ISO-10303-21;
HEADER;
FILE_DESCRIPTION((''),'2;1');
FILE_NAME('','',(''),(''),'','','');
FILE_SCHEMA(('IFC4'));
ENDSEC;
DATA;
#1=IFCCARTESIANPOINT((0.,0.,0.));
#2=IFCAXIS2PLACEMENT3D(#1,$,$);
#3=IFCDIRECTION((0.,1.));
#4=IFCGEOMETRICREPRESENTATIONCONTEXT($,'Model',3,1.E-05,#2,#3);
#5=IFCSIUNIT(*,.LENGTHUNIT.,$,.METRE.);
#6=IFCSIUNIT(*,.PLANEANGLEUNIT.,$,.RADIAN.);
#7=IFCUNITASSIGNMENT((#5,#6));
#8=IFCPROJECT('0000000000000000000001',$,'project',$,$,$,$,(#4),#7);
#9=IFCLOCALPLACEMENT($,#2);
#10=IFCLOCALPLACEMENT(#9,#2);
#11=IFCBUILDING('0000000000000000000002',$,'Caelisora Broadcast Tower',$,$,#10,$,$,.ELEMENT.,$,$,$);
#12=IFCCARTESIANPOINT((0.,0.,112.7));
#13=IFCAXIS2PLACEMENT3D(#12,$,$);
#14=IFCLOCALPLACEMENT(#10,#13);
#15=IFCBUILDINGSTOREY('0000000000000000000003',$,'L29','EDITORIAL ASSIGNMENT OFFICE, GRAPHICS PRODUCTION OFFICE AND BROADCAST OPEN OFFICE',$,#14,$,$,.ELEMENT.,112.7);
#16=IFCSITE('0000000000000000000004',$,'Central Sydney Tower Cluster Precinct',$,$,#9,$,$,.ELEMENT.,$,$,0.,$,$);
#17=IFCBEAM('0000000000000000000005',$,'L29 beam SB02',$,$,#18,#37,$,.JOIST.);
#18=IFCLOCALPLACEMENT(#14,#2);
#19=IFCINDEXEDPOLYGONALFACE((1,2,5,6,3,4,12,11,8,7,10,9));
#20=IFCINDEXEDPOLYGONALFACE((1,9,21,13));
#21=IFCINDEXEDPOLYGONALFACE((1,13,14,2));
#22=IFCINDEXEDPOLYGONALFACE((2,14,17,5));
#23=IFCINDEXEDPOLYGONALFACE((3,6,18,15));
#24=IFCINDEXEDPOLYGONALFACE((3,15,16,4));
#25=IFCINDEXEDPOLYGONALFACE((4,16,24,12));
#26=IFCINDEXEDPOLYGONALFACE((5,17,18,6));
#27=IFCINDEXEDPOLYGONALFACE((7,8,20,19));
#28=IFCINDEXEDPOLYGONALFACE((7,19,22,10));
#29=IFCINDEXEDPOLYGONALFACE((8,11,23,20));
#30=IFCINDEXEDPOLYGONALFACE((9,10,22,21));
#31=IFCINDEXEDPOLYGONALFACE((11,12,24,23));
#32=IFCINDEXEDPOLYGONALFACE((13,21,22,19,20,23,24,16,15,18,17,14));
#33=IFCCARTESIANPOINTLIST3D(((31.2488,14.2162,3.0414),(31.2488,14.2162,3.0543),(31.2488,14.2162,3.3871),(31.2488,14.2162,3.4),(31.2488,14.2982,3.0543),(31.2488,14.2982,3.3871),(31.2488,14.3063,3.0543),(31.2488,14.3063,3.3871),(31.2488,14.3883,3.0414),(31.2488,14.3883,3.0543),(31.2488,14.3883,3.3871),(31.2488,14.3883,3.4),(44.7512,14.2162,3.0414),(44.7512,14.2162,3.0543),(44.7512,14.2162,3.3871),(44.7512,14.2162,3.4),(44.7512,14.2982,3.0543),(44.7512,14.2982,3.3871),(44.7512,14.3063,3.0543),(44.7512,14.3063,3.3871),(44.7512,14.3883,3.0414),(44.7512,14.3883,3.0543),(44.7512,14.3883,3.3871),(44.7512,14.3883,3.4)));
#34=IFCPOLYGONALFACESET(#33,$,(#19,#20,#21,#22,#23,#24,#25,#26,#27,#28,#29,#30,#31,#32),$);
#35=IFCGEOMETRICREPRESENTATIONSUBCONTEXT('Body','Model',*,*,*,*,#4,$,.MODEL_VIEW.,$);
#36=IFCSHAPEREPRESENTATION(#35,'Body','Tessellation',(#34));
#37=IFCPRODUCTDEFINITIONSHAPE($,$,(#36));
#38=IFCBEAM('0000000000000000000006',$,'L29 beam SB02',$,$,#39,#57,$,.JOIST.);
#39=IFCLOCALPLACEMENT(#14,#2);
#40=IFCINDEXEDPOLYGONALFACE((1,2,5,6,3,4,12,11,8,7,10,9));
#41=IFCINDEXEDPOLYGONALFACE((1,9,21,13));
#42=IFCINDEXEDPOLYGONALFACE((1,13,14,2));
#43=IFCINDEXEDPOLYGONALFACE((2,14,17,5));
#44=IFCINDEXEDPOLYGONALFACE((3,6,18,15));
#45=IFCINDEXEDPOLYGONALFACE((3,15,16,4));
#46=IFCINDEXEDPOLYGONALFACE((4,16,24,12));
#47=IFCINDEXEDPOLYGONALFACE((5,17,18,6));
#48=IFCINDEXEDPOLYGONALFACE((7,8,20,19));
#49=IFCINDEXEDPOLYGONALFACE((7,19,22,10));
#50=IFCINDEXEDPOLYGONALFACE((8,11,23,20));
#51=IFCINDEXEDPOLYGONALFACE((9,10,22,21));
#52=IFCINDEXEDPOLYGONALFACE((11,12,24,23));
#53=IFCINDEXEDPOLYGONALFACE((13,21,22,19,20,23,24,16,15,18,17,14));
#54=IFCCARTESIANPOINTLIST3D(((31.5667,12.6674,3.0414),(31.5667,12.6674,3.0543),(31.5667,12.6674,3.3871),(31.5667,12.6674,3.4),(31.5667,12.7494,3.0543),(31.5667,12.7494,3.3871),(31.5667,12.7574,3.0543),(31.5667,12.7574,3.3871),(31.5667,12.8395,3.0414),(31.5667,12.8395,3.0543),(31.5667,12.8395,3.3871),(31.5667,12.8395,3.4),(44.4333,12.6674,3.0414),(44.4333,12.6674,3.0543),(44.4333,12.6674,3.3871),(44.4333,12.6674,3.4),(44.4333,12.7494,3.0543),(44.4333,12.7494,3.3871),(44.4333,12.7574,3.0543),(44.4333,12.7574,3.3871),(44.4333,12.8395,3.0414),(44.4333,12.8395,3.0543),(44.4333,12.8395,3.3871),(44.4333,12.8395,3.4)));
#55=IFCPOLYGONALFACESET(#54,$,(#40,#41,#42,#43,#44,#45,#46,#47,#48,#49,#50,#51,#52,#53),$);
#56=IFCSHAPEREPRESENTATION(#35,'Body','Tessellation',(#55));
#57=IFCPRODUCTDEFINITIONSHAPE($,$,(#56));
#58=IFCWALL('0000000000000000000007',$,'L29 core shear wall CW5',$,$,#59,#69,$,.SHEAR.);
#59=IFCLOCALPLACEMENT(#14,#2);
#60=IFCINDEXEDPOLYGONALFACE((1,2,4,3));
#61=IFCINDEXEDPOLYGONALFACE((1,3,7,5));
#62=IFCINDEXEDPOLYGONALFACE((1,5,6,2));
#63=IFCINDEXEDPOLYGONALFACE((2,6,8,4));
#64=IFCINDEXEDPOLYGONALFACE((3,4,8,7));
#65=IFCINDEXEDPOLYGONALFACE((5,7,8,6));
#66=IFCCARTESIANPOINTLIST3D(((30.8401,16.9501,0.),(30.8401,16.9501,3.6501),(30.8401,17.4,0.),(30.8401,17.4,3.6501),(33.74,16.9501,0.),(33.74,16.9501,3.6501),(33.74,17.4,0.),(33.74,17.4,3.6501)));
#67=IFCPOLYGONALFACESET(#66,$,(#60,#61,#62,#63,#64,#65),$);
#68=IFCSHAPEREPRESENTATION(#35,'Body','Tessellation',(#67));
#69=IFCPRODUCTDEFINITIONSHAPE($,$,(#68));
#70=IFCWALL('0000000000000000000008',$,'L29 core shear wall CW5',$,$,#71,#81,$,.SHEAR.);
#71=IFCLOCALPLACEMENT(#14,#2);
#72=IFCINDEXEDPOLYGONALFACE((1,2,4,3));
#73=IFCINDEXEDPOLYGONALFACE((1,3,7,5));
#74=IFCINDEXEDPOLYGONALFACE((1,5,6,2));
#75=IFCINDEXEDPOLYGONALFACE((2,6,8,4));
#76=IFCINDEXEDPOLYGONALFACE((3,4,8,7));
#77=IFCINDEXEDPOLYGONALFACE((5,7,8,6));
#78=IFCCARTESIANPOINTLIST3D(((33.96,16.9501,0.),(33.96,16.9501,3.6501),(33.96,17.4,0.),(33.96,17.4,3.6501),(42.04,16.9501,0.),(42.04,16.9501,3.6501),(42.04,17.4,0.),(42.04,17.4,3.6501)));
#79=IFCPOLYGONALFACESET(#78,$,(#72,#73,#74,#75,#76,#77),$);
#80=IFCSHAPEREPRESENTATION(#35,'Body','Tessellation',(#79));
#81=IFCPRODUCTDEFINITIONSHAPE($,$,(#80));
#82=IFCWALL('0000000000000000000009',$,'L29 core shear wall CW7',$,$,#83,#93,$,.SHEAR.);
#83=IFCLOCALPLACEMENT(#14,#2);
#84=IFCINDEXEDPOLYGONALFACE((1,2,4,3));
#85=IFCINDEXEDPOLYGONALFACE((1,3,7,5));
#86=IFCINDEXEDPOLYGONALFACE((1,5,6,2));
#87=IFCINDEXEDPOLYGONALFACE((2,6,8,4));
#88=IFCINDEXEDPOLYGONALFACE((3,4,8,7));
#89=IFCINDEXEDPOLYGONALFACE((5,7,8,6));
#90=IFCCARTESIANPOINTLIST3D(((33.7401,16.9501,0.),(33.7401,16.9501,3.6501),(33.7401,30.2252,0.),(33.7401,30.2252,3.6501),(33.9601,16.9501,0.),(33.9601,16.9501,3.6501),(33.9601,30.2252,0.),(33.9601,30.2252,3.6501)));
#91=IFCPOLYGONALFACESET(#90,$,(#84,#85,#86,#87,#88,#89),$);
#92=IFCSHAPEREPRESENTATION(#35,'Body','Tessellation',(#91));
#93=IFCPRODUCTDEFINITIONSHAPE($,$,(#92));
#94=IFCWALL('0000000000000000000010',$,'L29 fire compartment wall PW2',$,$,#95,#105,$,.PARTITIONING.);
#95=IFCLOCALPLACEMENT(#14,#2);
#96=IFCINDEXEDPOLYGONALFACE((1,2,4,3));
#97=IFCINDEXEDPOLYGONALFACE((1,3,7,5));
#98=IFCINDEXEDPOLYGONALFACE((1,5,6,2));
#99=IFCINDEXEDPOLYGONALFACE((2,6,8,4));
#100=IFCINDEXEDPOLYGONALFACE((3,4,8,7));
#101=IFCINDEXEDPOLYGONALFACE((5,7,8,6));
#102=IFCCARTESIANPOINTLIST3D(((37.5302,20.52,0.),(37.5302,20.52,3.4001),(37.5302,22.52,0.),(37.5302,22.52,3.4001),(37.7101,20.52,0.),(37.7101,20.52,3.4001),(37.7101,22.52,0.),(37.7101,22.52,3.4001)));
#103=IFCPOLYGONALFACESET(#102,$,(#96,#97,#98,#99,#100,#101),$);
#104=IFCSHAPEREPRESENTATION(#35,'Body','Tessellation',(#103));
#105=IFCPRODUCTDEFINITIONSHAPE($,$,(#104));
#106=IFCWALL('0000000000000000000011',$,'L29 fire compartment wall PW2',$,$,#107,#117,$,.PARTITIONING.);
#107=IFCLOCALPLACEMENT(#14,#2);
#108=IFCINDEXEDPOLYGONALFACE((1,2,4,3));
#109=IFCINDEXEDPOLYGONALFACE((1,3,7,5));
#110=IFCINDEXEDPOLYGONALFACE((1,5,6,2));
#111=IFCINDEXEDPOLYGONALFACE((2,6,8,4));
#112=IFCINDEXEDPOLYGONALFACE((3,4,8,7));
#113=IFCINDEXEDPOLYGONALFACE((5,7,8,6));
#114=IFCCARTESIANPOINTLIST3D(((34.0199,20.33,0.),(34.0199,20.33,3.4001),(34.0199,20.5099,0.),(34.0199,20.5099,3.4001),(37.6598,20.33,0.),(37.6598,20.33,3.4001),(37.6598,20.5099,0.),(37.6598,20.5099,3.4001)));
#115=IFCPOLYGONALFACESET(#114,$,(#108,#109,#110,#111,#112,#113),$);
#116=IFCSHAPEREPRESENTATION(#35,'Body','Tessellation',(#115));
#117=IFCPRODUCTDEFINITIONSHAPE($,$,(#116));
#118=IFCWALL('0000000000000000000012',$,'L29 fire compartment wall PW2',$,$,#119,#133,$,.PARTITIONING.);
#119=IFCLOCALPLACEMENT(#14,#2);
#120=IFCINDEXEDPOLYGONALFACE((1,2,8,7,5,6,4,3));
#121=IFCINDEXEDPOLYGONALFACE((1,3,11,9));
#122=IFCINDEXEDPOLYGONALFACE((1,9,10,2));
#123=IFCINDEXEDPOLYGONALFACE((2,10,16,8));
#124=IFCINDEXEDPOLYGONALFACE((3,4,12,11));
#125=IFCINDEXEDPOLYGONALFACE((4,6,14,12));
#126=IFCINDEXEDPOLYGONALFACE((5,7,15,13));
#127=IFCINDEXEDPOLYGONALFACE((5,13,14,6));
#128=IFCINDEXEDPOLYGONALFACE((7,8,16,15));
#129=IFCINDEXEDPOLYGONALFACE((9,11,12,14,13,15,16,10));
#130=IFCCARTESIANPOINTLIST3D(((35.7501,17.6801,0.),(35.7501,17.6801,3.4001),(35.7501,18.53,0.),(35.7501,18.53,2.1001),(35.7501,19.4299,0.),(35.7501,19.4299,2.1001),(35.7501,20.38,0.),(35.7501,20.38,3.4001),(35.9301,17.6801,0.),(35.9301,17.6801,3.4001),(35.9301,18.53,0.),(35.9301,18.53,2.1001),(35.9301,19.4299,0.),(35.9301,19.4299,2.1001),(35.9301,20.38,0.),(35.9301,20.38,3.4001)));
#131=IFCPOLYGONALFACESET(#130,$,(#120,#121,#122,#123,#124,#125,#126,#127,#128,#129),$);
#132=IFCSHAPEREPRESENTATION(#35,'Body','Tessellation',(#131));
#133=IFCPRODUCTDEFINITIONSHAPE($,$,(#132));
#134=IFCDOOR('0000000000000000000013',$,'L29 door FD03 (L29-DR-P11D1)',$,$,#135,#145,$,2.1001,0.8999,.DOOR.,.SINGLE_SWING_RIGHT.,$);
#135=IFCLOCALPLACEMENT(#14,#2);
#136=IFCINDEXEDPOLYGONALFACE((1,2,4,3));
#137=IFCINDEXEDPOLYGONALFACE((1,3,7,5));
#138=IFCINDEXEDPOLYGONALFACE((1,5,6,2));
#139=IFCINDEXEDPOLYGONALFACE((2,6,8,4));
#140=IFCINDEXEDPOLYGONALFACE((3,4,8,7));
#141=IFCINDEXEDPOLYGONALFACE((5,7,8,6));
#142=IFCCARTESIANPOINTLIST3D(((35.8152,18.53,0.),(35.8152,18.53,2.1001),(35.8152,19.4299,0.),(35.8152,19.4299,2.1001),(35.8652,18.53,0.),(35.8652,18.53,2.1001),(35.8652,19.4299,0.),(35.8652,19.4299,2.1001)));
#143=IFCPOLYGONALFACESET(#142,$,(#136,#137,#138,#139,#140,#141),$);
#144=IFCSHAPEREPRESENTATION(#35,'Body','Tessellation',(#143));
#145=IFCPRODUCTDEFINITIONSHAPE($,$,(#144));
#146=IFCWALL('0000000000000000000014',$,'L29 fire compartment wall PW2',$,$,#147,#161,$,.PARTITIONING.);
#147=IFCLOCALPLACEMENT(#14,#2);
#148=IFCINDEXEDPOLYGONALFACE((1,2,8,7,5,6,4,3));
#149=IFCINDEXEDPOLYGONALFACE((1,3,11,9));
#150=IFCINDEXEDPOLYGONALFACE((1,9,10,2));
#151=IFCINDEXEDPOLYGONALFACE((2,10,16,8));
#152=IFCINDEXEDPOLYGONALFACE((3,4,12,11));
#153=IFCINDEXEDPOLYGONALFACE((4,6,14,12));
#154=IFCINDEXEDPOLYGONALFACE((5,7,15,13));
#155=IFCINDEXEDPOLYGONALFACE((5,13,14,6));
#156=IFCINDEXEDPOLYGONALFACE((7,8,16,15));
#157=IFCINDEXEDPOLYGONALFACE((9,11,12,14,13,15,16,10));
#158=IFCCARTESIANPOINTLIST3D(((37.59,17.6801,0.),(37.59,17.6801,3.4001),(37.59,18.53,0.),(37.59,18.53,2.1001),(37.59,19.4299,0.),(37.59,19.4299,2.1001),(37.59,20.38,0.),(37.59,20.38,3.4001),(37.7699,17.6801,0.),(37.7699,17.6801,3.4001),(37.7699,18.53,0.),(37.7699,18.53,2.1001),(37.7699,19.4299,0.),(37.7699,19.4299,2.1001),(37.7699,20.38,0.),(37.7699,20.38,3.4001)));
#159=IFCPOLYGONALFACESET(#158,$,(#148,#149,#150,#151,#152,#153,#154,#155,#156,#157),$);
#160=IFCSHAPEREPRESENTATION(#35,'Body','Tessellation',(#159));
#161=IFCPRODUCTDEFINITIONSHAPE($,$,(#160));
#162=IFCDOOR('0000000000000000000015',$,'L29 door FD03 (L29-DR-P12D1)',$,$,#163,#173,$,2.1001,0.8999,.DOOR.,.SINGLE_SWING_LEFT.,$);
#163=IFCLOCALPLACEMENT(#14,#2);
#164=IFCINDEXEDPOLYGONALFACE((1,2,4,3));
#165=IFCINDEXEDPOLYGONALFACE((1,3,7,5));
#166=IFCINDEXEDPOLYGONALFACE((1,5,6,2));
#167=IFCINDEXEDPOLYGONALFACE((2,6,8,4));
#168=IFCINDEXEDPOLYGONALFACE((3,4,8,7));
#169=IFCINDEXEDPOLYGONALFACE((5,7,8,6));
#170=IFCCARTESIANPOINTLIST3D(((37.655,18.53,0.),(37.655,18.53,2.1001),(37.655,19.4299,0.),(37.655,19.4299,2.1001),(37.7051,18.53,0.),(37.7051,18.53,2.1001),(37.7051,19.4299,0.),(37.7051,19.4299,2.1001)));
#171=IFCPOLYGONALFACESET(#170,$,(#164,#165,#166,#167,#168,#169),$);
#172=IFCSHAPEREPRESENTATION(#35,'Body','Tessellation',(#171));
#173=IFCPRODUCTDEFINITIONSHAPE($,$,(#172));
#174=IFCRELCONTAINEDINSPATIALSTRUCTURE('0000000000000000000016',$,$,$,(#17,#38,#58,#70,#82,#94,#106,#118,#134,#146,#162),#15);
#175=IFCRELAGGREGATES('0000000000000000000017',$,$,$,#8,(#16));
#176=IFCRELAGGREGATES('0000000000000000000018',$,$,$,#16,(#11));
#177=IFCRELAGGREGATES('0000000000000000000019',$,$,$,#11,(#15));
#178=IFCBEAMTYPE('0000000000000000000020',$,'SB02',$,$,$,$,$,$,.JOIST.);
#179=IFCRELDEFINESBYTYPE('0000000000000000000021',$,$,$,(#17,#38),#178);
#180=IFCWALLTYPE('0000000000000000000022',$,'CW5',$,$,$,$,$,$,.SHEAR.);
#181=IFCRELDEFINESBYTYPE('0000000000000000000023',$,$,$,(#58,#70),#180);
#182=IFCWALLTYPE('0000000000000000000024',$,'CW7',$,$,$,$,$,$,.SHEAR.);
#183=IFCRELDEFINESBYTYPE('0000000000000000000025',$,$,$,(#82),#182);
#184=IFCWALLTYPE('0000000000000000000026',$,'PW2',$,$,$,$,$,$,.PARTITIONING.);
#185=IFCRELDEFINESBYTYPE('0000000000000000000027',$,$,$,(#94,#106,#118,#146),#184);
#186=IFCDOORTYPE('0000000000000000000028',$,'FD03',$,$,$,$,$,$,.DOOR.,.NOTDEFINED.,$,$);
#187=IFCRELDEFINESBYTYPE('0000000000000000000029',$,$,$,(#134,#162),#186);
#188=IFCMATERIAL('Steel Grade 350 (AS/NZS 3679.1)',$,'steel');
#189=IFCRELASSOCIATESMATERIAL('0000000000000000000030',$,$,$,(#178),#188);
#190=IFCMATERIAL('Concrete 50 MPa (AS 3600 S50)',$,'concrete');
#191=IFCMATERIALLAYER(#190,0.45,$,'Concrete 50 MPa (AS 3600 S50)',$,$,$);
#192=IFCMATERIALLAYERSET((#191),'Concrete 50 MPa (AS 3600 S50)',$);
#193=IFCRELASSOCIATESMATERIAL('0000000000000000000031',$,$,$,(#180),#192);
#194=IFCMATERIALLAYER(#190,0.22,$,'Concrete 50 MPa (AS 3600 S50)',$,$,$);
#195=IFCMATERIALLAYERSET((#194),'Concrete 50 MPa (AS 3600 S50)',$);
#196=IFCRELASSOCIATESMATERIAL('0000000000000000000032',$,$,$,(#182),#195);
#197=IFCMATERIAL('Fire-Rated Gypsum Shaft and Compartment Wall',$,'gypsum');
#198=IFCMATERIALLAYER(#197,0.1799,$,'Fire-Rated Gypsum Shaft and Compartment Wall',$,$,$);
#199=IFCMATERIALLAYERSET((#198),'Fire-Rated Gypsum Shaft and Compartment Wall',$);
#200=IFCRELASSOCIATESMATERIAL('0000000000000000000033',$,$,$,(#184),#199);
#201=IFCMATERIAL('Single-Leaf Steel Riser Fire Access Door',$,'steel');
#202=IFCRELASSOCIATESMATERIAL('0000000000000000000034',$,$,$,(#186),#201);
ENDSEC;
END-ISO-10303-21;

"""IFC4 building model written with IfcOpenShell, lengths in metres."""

from ifc_helpers import new_model, si_unit, direction, frame, frame_2d, origin, origin_2d, place, context, subcontext, project, spatial, rectangle, i_section, extrude, source, transform, mapped, material, layer, layer_set, material_profile, profile_set, type_object, element, fill, save


model = new_model("IFC4")

# Units and contexts
model_context = context("Model", 3, precision=1e-05, world=origin(), true_north=direction((0.0, 1.0)))
body_context = subcontext(model_context, "Body", "Model", "MODEL_VIEW")
ifc_project = project(units=[si_unit("LENGTHUNIT", "METRE"), si_unit("PLANEANGLEUNIT", "RADIAN")], contexts=[model_context])

# Site, building, storey
site_placement = place(None, origin())
site = spatial("IfcSite", under=ifc_project, at=site_placement, Name="Central Sydney Tower Cluster Precinct", CompositionType="ELEMENT", RefElevation=0.0)
building_placement = place(site_placement, origin())
building = spatial("IfcBuilding", under=site, at=building_placement, Name="Caelisora Broadcast Tower", CompositionType="ELEMENT")
storey_placement = place(building_placement, frame((0.0, 0.0, 112.7)))
storey = spatial("IfcBuildingStorey", under=building, at=storey_placement, Name="L29", Description="EDITORIAL ASSIGNMENT OFFICE, GRAPHICS PRODUCTION OFFICE AND BROADCAST OPEN OFFICE", CompositionType="ELEMENT", Elevation=112.7)

# Shared definitions
ifc_material_1 = material(Name="Steel Grade 350 (AS/NZS 3679.1)", Category="steel")

# Beams
ifc_material_profile_1 = material_profile(ifc_material_1, i_section(OverallWidth=0.1721, OverallDepth=0.3586, WebThickness=0.0081, FlangeThickness=0.0129, at=origin_2d()), Name="Steel Grade 350 (AS/NZS 3679.1)")
ifc_profile_set_1 = profile_set([ifc_material_profile_1], Name="Steel Grade 350 (AS/NZS 3679.1)")
beam_type_1 = type_object("IfcBeamType", Name="SB02", PredefinedType="JOIST", material=ifc_profile_set_1)
shared_shape_1 = source(origin(), body_context, "Body", "SweptSolid", [
    extrude(i_section(OverallWidth=0.1721, OverallDepth=0.3586, WebThickness=0.0081, FlangeThickness=0.0129, at=origin_2d()), origin(), (0.0, 0.0, 1.0), 13.5024),
])
beam_1_placement = place(storey_placement, frame((31.2488, 14.3022, 3.2207), z_axis=(1.0, 0.0, 0.0), x_axis=(0.0, 1.0, 0.0)))
element("IfcBeam", 1, at=beam_1_placement, inside=storey, type_object=beam_type_1, Name="L29 beam SB02", PredefinedType="JOIST", context=body_context, shape_type="MappedRepresentation", body=[
    mapped(shared_shape_1, transform((0.0, 0.0, 0.0), scale=1.0)),
])
shared_shape_2 = source(origin(), body_context, "Body", "SweptSolid", [
    extrude(i_section(OverallWidth=0.1721, OverallDepth=0.3586, WebThickness=0.0081, FlangeThickness=0.0129, at=origin_2d()), origin(), (0.0, 0.0, 1.0), 12.8667),
])
beam_2_placement = place(storey_placement, frame((31.5667, 12.7534, 3.2207), z_axis=(1.0, 0.0, 0.0), x_axis=(0.0, 1.0, 0.0)))
element("IfcBeam", 2, at=beam_2_placement, inside=storey, type_object=beam_type_1, Name="L29 beam SB02", PredefinedType="JOIST", context=body_context, shape_type="MappedRepresentation", body=[
    mapped(shared_shape_2, transform((0.0, 0.0, 0.0), scale=1.0)),
])

# Shared definitions
ifc_material_2 = material(Name="Concrete 50 MPa (AS 3600 S50)", Category="concrete")

# Walls
ifc_layer_1 = layer(ifc_material_2, 0.45, Name="Concrete 50 MPa (AS 3600 S50)")
ifc_layer_set_1 = layer_set([ifc_layer_1], Name="Concrete 50 MPa (AS 3600 S50)")
wall_type_1 = type_object("IfcWallType", Name="CW5", PredefinedType="SHEAR", material=ifc_layer_set_1)
wall_1_placement = place(storey_placement, frame((30.8401, 17.175, 0.0), z_axis=(0.0, 0.0, 1.0), x_axis=(1.0, 0.0, 0.0)))
element("IfcWall", 3, at=wall_1_placement, inside=storey, type_object=wall_type_1, Name="L29 core shear wall CW5", PredefinedType="SHEAR", context=body_context, shape_type="SweptSolid", body=[
    extrude(rectangle(XDim=2.8999, YDim=0.45, at=frame_2d((1.45, 0.0))), origin(), (0.0, 0.0, 1.0), 3.6501),
])
wall_2_placement = place(storey_placement, frame((33.96, 17.175, 0.0), z_axis=(0.0, 0.0, 1.0), x_axis=(1.0, 0.0, 0.0)))
element("IfcWall", 4, at=wall_2_placement, inside=storey, type_object=wall_type_1, Name="L29 core shear wall CW5", PredefinedType="SHEAR", context=body_context, shape_type="SweptSolid", body=[
    extrude(rectangle(XDim=8.0801, YDim=0.45, at=frame_2d((4.04, 0.0))), origin(), (0.0, 0.0, 1.0), 3.6501),
])
ifc_layer_2 = layer(ifc_material_2, 0.22, Name="Concrete 50 MPa (AS 3600 S50)")
ifc_layer_set_2 = layer_set([ifc_layer_2], Name="Concrete 50 MPa (AS 3600 S50)")
wall_type_2 = type_object("IfcWallType", Name="CW7", PredefinedType="SHEAR", material=ifc_layer_set_2)
wall_3_placement = place(storey_placement, frame((33.8501, 16.95, 0.0), z_axis=(0.0, 0.0, 1.0), x_axis=(0.0, 1.0, 0.0)))
element("IfcWall", 5, at=wall_3_placement, inside=storey, type_object=wall_type_2, Name="L29 core shear wall CW7", PredefinedType="SHEAR", context=body_context, shape_type="SweptSolid", body=[
    extrude(rectangle(XDim=13.2751, YDim=0.22, at=frame_2d((6.6377, 0.0))), origin(), (0.0, 0.0, 1.0), 3.6501),
])
ifc_material_3 = material(Name="Fire-Rated Gypsum Shaft and Compartment Wall", Category="gypsum")
ifc_layer_3 = layer(ifc_material_3, 0.1799, Name="Fire-Rated Gypsum Shaft and Compartment Wall")
ifc_layer_set_3 = layer_set([ifc_layer_3], Name="Fire-Rated Gypsum Shaft and Compartment Wall")
wall_type_3 = type_object("IfcWallType", Name="PW2", PredefinedType="PARTITIONING", material=ifc_layer_set_3)
wall_4_placement = place(storey_placement, frame((37.6201, 20.52, 0.0), z_axis=(0.0, 0.0, 1.0), x_axis=(0.0, 1.0, 0.0)))
element("IfcWall", 6, at=wall_4_placement, inside=storey, type_object=wall_type_3, Name="L29 fire compartment wall PW2", PredefinedType="PARTITIONING", context=body_context, shape_type="SweptSolid", body=[
    extrude(rectangle(XDim=2.0, YDim=0.1799, at=frame_2d((1.0, 0.0))), origin(), (0.0, 0.0, 1.0), 3.4001),
])
wall_5_placement = place(storey_placement, frame((34.02, 20.4199, 0.0), z_axis=(0.0, 0.0, 1.0), x_axis=(1.0, 0.0, 0.0)))
element("IfcWall", 7, at=wall_5_placement, inside=storey, type_object=wall_type_3, Name="L29 fire compartment wall PW2", PredefinedType="PARTITIONING", context=body_context, shape_type="SweptSolid", body=[
    extrude(rectangle(XDim=3.6399, YDim=0.1799, at=frame_2d((1.8198, 0.0))), origin(), (0.0, 0.0, 1.0), 3.4001),
])

# Walls, openings, doors
wall_6_placement = place(storey_placement, frame((35.8401, 17.6799, 0.0), z_axis=(0.0, 0.0, 1.0), x_axis=(0.0, 1.0, 0.0)))
wall_6 = element("IfcWall", 8, at=wall_6_placement, inside=storey, type_object=wall_type_3, Name="L29 fire compartment wall PW2", PredefinedType="PARTITIONING", context=body_context, shape_type="SweptSolid", body=[
    extrude(rectangle(XDim=2.7, YDim=0.1799, at=frame_2d((1.3501, 0.0))), origin(), (0.0, 0.0, 1.0), 3.4001),
])
opening_1_placement = place(wall_6_placement, frame((0.8501, 0.0, 0.0)))
opening_1 = element("IfcOpeningElement", 9, at=opening_1_placement, cuts=wall_6, PredefinedType="OPENING", context=body_context, shape_type="SweptSolid", body=[
    extrude(rectangle(XDim=0.8999, YDim=2.1001, at=frame_2d((0.45, 1.05))), frame((0.0, 0.1021, 0.0), z_axis=(0.0, -1.0, 0.0), x_axis=(1.0, 0.0, 0.0)), (0.0, 0.0, 1.0), 0.2039),
])
ifc_material_4 = material(Name="Single-Leaf Steel Riser Fire Access Door", Category="steel")
door_type_1 = type_object("IfcDoorType", Name="FD03", OperationType="NOTDEFINED", PredefinedType="DOOR", material=ifc_material_4)
door_1_placement = place(opening_1_placement, origin())
door_1 = element("IfcDoor", 10, at=door_1_placement, inside=storey, type_object=door_type_1, Name="L29 door FD03 (L29-DR-P11D1)", OperationType="SINGLE_SWING_RIGHT", OverallHeight=2.1001, OverallWidth=0.8999, PredefinedType="DOOR", context=body_context, shape_type="SweptSolid", body=[
    extrude(rectangle(XDim=0.8999, YDim=2.1001, at=frame_2d((0.45, 1.05))), frame((0.0, 0.0249, 0.0), z_axis=(0.0, -1.0, 0.0), x_axis=(1.0, 0.0, 0.0)), (0.0, 0.0, 1.0), 0.05),
])
fill(opening_1, door_1)
wall_7_placement = place(storey_placement, frame((37.6799, 17.6799, 0.0), z_axis=(0.0, 0.0, 1.0), x_axis=(0.0, 1.0, 0.0)))
wall_7 = element("IfcWall", 11, at=wall_7_placement, inside=storey, type_object=wall_type_3, Name="L29 fire compartment wall PW2", PredefinedType="PARTITIONING", context=body_context, shape_type="SweptSolid", body=[
    extrude(rectangle(XDim=2.7, YDim=0.1799, at=frame_2d((1.3501, 0.0))), origin(), (0.0, 0.0, 1.0), 3.4001),
])
opening_2_placement = place(wall_7_placement, frame((0.8501, 0.0, 0.0)))
opening_2 = element("IfcOpeningElement", 12, at=opening_2_placement, cuts=wall_7, PredefinedType="OPENING", context=body_context, shape_type="SweptSolid", body=[
    extrude(rectangle(XDim=0.8999, YDim=2.1001, at=frame_2d((0.45, 1.05))), frame((0.0, 0.1021, 0.0), z_axis=(0.0, -1.0, 0.0), x_axis=(1.0, 0.0, 0.0)), (0.0, 0.0, 1.0), 0.2039),
])
door_2_placement = place(opening_2_placement, origin())
door_2 = element("IfcDoor", 13, at=door_2_placement, inside=storey, type_object=door_type_1, Name="L29 door FD03 (L29-DR-P12D1)", OperationType="SINGLE_SWING_LEFT", OverallHeight=2.1001, OverallWidth=0.8999, PredefinedType="DOOR", context=body_context, shape_type="SweptSolid", body=[
    extrude(rectangle(XDim=0.8999, YDim=2.1001, at=frame_2d((0.45, 1.05))), frame((0.0, 0.0249, 0.0), z_axis=(0.0, -1.0, 0.0), x_axis=(1.0, 0.0, 0.0)), (0.0, 0.0, 1.0), 0.05),
])
fill(opening_2, door_2)

save(model, "model.ifc")
